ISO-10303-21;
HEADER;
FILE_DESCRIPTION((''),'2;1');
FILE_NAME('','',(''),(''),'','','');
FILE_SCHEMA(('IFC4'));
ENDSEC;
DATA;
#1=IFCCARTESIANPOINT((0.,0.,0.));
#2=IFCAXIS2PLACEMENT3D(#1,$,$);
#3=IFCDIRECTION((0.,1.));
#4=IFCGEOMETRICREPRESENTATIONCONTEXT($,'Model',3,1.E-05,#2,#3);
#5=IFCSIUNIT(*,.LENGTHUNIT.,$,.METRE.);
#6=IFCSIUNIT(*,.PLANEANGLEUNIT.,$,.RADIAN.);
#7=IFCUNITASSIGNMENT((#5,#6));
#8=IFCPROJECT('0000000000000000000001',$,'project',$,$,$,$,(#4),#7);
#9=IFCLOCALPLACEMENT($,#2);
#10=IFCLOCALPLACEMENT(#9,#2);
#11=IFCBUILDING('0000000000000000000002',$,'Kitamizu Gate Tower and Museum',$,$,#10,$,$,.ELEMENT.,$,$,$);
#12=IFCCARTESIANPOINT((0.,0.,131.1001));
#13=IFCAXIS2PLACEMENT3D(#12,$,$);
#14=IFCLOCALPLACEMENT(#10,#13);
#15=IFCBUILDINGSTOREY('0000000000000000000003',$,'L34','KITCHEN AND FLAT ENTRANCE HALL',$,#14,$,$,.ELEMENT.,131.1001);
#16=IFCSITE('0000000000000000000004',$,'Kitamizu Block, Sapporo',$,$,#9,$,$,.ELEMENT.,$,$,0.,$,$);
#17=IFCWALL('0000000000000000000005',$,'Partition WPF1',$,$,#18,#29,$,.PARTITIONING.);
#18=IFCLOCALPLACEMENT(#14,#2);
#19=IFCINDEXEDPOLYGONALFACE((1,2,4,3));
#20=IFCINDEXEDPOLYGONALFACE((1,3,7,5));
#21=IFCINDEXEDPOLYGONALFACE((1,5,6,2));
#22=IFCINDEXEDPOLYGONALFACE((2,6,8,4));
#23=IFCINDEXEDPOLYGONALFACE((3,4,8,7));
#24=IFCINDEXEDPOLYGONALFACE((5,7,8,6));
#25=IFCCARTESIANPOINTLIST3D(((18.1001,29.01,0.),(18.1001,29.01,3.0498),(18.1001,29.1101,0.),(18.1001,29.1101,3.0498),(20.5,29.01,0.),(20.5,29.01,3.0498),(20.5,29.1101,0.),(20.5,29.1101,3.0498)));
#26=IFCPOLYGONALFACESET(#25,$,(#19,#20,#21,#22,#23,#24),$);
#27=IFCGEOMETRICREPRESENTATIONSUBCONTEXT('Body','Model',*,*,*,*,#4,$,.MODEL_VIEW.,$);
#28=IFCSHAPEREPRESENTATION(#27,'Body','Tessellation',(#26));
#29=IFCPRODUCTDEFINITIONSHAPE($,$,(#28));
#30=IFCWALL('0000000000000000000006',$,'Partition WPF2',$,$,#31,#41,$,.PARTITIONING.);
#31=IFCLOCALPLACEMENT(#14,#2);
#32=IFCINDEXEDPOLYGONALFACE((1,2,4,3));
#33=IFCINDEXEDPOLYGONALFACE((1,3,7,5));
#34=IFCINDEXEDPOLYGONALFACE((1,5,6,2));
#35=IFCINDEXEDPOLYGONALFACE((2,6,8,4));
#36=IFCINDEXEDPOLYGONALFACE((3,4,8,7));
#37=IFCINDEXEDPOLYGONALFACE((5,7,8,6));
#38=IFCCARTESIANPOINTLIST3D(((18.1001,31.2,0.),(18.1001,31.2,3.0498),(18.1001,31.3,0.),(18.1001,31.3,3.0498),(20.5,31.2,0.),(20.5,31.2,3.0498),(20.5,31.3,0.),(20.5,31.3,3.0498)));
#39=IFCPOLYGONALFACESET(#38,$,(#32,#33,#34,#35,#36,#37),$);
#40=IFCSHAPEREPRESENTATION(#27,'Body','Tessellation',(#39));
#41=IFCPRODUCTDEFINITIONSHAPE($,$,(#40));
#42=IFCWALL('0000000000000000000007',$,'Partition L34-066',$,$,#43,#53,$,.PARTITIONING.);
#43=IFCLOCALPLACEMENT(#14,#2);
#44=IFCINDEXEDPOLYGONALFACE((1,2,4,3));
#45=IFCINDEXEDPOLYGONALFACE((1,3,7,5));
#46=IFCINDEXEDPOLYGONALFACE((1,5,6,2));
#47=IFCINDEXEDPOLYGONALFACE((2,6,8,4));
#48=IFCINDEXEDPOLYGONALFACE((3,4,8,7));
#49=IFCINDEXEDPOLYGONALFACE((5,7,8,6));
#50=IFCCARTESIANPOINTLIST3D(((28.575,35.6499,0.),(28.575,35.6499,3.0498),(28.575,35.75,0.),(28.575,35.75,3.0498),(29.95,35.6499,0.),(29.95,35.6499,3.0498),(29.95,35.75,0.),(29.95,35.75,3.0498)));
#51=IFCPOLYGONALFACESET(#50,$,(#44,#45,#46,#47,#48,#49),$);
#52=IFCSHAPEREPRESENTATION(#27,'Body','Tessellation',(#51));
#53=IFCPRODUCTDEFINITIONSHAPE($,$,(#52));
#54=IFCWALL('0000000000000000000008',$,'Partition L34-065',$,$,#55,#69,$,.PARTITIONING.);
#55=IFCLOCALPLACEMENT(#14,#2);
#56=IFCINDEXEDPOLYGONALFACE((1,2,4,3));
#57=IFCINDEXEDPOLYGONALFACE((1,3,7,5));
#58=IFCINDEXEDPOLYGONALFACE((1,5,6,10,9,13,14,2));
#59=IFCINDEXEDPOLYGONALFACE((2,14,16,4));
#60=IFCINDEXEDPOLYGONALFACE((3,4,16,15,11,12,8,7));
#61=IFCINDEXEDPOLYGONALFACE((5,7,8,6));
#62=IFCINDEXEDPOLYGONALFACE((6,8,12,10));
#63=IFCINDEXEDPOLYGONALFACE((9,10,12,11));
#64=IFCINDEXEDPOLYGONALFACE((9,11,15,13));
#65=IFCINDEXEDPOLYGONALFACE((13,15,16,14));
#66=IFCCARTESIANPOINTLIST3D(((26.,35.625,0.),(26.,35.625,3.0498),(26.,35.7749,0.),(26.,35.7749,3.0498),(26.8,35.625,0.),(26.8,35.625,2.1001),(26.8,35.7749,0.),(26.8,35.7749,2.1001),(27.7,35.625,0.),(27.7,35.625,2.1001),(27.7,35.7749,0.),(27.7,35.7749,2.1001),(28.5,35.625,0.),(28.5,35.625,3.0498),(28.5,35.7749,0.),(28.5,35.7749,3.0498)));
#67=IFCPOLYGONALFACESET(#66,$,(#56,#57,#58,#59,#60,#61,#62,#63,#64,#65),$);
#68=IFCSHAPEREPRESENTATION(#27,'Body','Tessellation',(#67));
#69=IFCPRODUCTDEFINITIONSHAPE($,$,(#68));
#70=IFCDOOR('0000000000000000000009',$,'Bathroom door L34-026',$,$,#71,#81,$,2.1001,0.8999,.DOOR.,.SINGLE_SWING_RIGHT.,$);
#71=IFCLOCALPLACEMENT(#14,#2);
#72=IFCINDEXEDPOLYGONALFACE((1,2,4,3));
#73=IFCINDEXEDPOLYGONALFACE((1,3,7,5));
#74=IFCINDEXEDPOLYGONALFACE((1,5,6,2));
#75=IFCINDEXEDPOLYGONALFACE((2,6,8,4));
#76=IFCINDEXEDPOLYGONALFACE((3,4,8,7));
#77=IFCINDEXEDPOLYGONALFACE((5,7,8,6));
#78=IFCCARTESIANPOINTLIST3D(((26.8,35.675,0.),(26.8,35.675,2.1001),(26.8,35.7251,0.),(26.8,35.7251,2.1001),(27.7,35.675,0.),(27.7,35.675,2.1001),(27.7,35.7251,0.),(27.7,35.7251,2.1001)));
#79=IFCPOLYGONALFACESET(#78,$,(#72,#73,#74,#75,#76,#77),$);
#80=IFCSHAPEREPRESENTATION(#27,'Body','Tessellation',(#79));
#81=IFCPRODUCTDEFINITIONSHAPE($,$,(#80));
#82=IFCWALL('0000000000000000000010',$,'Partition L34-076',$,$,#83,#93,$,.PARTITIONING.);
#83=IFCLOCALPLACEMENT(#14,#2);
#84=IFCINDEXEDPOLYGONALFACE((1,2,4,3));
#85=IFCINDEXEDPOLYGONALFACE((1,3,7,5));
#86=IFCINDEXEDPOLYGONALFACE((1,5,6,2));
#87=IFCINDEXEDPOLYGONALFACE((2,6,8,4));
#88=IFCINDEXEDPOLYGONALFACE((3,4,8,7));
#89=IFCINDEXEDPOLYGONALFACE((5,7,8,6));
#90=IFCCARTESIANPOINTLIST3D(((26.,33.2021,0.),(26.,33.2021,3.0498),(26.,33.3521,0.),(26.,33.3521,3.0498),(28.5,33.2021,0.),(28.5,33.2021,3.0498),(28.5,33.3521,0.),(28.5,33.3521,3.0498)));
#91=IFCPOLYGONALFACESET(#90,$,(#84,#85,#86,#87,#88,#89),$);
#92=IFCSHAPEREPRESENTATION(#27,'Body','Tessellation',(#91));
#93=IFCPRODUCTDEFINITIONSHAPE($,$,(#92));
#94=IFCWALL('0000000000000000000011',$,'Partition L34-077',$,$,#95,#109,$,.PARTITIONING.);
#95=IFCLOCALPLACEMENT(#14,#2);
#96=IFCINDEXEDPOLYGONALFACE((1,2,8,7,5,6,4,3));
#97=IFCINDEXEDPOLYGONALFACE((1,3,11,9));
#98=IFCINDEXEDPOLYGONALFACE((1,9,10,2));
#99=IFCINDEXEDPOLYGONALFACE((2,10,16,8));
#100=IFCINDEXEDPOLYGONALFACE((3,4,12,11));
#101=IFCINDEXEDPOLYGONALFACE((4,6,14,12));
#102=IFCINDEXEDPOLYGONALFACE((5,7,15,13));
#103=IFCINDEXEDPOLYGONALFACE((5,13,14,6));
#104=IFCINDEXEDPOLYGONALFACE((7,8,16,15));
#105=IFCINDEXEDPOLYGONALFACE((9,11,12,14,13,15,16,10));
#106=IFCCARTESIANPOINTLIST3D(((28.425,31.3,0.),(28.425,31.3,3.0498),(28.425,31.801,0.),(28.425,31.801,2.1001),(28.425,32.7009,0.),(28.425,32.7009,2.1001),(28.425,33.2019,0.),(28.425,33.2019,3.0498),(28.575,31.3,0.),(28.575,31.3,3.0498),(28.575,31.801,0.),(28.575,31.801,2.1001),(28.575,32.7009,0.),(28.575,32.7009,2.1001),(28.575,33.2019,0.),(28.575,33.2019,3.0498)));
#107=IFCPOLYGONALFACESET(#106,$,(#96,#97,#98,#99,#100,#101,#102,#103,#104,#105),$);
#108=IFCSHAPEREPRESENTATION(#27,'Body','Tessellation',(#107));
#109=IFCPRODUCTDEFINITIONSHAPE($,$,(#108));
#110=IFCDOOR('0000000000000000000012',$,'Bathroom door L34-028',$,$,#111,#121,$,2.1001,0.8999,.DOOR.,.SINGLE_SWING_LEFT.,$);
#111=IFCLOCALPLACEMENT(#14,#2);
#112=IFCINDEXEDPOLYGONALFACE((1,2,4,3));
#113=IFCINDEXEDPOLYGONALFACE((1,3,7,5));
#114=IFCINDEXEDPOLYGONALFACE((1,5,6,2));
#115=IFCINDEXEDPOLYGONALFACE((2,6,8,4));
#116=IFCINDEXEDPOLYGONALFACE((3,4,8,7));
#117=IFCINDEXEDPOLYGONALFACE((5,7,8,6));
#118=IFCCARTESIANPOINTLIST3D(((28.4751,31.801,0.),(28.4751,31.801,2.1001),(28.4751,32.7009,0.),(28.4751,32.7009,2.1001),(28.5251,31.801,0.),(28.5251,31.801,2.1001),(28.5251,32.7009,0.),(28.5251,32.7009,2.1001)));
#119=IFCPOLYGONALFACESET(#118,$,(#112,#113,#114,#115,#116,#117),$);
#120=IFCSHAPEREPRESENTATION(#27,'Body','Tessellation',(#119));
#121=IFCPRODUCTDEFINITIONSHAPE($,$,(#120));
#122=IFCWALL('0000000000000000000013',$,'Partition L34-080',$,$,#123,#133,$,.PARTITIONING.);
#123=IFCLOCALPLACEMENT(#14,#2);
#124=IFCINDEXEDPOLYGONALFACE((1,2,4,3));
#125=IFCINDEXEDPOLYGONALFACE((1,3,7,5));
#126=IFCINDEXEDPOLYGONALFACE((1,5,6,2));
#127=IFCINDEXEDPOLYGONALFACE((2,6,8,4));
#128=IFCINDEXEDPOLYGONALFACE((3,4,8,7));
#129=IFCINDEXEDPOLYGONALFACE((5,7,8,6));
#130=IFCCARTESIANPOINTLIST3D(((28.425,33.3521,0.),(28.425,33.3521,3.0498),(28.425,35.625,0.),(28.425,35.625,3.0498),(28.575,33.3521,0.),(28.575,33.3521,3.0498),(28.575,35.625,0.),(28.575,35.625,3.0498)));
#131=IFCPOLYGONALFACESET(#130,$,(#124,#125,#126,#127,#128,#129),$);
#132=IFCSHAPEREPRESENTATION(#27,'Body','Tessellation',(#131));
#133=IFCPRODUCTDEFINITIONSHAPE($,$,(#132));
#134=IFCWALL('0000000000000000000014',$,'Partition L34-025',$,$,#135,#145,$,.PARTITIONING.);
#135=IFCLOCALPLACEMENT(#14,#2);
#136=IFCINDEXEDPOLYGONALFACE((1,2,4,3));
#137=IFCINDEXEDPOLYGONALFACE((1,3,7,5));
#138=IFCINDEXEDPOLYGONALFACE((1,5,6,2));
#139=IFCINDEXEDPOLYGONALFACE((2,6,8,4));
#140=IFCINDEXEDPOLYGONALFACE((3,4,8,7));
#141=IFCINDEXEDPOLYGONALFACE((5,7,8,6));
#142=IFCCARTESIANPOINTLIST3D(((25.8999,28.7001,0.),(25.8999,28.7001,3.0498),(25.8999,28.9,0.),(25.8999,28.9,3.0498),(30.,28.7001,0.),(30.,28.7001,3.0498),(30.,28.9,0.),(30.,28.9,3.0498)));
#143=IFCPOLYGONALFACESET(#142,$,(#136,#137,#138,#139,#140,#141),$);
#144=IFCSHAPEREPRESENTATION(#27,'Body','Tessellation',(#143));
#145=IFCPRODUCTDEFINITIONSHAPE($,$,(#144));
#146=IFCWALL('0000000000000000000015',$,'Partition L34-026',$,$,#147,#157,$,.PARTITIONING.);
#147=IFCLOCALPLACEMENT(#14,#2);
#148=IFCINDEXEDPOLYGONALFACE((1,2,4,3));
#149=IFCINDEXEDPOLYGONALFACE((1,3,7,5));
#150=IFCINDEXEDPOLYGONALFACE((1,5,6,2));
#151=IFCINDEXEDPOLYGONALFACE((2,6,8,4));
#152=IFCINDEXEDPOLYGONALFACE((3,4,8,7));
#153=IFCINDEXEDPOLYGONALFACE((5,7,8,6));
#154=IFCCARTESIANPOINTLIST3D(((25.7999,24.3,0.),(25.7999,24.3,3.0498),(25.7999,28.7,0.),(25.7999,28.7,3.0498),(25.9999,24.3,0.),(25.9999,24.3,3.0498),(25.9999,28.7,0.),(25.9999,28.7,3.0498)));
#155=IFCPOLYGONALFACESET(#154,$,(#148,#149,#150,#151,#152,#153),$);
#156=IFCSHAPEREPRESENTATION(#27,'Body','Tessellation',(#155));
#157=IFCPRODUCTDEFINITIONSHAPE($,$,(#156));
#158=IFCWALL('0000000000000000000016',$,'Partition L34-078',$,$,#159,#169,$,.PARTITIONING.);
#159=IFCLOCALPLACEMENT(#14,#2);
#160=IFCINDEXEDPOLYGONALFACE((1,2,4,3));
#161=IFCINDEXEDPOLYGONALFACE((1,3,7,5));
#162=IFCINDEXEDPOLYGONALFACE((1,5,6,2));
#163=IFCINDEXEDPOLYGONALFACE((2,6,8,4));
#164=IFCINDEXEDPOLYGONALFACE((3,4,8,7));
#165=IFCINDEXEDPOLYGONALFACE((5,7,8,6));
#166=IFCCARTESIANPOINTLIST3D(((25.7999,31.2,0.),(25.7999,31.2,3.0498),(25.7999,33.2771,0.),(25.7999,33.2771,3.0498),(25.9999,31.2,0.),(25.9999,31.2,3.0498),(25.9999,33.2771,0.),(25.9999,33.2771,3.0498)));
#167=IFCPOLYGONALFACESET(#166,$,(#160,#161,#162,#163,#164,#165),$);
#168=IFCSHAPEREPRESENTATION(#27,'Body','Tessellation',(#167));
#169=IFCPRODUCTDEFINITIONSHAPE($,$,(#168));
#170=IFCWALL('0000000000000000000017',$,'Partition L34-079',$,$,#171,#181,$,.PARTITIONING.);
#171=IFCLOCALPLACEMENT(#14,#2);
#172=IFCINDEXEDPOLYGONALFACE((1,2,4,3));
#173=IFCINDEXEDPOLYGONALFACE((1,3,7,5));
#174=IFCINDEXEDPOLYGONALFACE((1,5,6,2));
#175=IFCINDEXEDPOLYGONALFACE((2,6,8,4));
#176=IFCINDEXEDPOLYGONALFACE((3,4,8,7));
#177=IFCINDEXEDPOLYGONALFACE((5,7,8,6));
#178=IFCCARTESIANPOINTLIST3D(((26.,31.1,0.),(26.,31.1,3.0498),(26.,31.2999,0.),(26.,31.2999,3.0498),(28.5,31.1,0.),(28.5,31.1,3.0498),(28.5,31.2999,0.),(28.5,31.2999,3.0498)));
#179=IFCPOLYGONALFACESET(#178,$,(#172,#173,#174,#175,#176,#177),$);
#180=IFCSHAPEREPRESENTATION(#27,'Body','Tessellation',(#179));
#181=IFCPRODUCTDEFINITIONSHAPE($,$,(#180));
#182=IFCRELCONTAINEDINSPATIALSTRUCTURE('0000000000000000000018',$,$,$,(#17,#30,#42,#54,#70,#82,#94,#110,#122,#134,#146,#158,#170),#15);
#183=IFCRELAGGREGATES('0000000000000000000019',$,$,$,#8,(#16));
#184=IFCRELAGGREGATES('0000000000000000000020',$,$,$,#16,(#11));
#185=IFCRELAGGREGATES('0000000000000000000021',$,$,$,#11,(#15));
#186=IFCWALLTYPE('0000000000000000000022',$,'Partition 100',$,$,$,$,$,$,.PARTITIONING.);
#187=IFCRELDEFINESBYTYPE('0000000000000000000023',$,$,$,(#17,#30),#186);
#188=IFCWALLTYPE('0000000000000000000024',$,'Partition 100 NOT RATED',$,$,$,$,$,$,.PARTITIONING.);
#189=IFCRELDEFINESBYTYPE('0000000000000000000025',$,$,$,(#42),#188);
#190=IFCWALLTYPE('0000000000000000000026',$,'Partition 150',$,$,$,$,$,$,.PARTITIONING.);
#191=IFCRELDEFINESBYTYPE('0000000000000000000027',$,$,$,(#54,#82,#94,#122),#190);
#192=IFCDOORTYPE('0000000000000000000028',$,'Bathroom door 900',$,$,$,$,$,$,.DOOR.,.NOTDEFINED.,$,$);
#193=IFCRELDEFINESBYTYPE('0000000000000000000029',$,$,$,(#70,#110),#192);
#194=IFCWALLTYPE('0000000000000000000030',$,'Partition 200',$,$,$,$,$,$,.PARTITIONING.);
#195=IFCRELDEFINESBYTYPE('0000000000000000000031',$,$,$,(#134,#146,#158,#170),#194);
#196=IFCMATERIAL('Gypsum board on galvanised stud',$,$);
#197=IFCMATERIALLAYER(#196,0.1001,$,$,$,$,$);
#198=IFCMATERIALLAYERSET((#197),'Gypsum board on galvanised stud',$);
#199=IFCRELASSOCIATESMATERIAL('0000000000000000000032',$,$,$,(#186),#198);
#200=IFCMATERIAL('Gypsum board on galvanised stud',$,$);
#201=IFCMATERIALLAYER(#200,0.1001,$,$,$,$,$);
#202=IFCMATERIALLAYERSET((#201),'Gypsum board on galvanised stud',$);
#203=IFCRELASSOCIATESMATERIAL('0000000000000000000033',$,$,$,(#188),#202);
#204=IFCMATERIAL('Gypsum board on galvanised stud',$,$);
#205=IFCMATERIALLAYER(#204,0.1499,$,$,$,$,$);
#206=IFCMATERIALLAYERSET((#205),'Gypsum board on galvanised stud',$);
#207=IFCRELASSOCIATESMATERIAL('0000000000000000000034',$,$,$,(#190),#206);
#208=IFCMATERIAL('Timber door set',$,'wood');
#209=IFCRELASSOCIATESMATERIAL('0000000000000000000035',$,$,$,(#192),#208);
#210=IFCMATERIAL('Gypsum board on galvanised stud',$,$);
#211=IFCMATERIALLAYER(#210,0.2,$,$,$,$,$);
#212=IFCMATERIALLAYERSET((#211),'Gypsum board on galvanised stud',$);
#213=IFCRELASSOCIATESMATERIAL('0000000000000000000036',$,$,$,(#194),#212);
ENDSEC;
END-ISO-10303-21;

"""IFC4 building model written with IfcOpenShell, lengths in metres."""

from ifc_helpers import new_model, si_unit, direction, frame, frame_2d, origin, place, context, subcontext, project, spatial, rectangle, extrude, material, layer, layer_set, type_object, element, fill, save


model = new_model("IFC4")

# Units and contexts
model_context = context("Model", 3, precision=1e-05, world=origin(), true_north=direction((0.0, 1.0)))
body_context = subcontext(model_context, "Body", "Model", "MODEL_VIEW")
ifc_project = project(units=[si_unit("LENGTHUNIT", "METRE"), si_unit("PLANEANGLEUNIT", "RADIAN")], contexts=[model_context])

# Site, building, storey
site_placement = place(None, origin())
site = spatial("IfcSite", under=ifc_project, at=site_placement, Name="Kitamizu Block, Sapporo", CompositionType="ELEMENT", RefElevation=0.0)
building_placement = place(site_placement, origin())
building = spatial("IfcBuilding", under=site, at=building_placement, Name="Kitamizu Gate Tower and Museum", CompositionType="ELEMENT")
storey_placement = place(building_placement, frame((0.0, 0.0, 131.1001)))
storey = spatial("IfcBuildingStorey", under=building, at=storey_placement, Name="L34", Description="KITCHEN AND FLAT ENTRANCE HALL", CompositionType="ELEMENT", Elevation=131.1001)

# Walls
ifc_material_1 = material(Name="Gypsum board on galvanised stud")
ifc_layer_1 = layer(ifc_material_1, 0.1001)
ifc_layer_set_1 = layer_set([ifc_layer_1], Name="Gypsum board on galvanised stud")
wall_type_1 = type_object("IfcWallType", Name="Partition 100", PredefinedType="PARTITIONING", material=ifc_layer_set_1)
for number, where, z_axis, x_axis, name in (
    (1, (18.1001, 29.0601, 0.0), (0.0, 0.0, 1.0), (1.0, 0.0, 0.0), "Partition WPF1"),
    (2, (18.1001, 31.25, 0.0), (0.0, 0.0, 1.0), (1.0, 0.0, 0.0), "Partition WPF2"),
):
    element("IfcWall", number, at=place(storey_placement, frame(where, z_axis=z_axis, x_axis=x_axis)), inside=storey, type_object=wall_type_1, Name=name, PredefinedType="PARTITIONING", context=body_context, shape_type="SweptSolid", body=[
        extrude(rectangle(XDim=2.3999, YDim=0.1001, at=frame_2d((1.2, 0.0))), origin(), (0.0, 0.0, 1.0), 3.0498),
    ])
ifc_material_2 = material(Name="Gypsum board on galvanised stud")
ifc_layer_2 = layer(ifc_material_2, 0.1001)
ifc_layer_set_2 = layer_set([ifc_layer_2], Name="Gypsum board on galvanised stud")
wall_type_2 = type_object("IfcWallType", Name="Partition 100 NOT RATED", PredefinedType="PARTITIONING", material=ifc_layer_set_2)
wall_1_placement = place(storey_placement, frame((28.575, 35.7, 0.0), z_axis=(0.0, 0.0, 1.0), x_axis=(1.0, 0.0, 0.0)))
element("IfcWall", 3, at=wall_1_placement, inside=storey, type_object=wall_type_2, Name="Partition L34-066", PredefinedType="PARTITIONING", context=body_context, shape_type="SweptSolid", body=[
    extrude(rectangle(XDim=1.375, YDim=0.1001, at=frame_2d((0.6875, 0.0))), origin(), (0.0, 0.0, 1.0), 3.0498),
])

# Wall, opening, door
ifc_material_3 = material(Name="Gypsum board on galvanised stud")
ifc_layer_3 = layer(ifc_material_3, 0.1499)
ifc_layer_set_3 = layer_set([ifc_layer_3], Name="Gypsum board on galvanised stud")
wall_type_3 = type_object("IfcWallType", Name="Partition 150", PredefinedType="PARTITIONING", material=ifc_layer_set_3)
wall_2_placement = place(storey_placement, frame((26.0, 35.7, 0.0), z_axis=(0.0, 0.0, 1.0), x_axis=(1.0, 0.0, 0.0)))
wall_2 = element("IfcWall", 4, at=wall_2_placement, inside=storey, type_object=wall_type_3, Name="Partition L34-065", PredefinedType="PARTITIONING", context=body_context, shape_type="SweptSolid", body=[
    extrude(rectangle(XDim=2.5, YDim=0.1499, at=frame_2d((1.25, 0.0))), origin(), (0.0, 0.0, 1.0), 3.0498),
])
opening_1_placement = place(wall_2_placement, frame((0.8, 0.0, 0.0)))
opening_1 = element("IfcOpeningElement", 5, at=opening_1_placement, cuts=wall_2, PredefinedType="OPENING", context=body_context, shape_type="SweptSolid", body=[
    extrude(rectangle(XDim=0.8999, YDim=2.1001, at=frame_2d((0.45, 1.05))), frame((0.0, 0.085, 0.0), z_axis=(0.0, -1.0, 0.0), x_axis=(1.0, 0.0, 0.0)), (0.0, 0.0, 1.0), 0.1699),
])
ifc_material_4 = material(Name="Timber door set", Category="wood")
door_type_1 = type_object("IfcDoorType", Name="Bathroom door 900", OperationType="NOTDEFINED", PredefinedType="DOOR", material=ifc_material_4)
door_1_placement = place(opening_1_placement, frame((0.8999, 0.0, 0.0), x_axis=(-1.0, 0.0, 0.0)))
door_1 = element("IfcDoor", 6, at=door_1_placement, inside=storey, type_object=door_type_1, Name="Bathroom door L34-026", OperationType="SINGLE_SWING_RIGHT", OverallHeight=2.1001, OverallWidth=0.8999, PredefinedType="DOOR", context=body_context, shape_type="SweptSolid", body=[
    extrude(rectangle(XDim=0.8999, YDim=2.1001, at=frame_2d((0.45, 1.05))), frame((0.0, 0.0249, 0.0), z_axis=(0.0, -1.0, 0.0), x_axis=(1.0, 0.0, 0.0)), (0.0, 0.0, 1.0), 0.05),
])
fill(opening_1, door_1)

# Wall
wall_3_placement = place(storey_placement, frame((28.5, 33.2771, 0.0), z_axis=(0.0, 0.0, 1.0), x_axis=(-1.0, 0.0, 0.0)))
element("IfcWall", 7, at=wall_3_placement, inside=storey, type_object=wall_type_3, Name="Partition L34-076", PredefinedType="PARTITIONING", context=body_context, shape_type="SweptSolid", body=[
    extrude(rectangle(XDim=2.5, YDim=0.1499, at=frame_2d((1.25, 0.0))), origin(), (0.0, 0.0, 1.0), 3.0498),
])

# Wall, opening, door
wall_4_placement = place(storey_placement, frame((28.5, 31.3, 0.0), z_axis=(0.0, 0.0, 1.0), x_axis=(0.0, 1.0, 0.0)))
wall_4 = element("IfcWall", 8, at=wall_4_placement, inside=storey, type_object=wall_type_3, Name="Partition L34-077", PredefinedType="PARTITIONING", context=body_context, shape_type="SweptSolid", body=[
    extrude(rectangle(XDim=1.9019, YDim=0.1499, at=frame_2d((0.9509, 0.0))), origin(), (0.0, 0.0, 1.0), 3.0498),
])
opening_2_placement = place(wall_4_placement, frame((0.501, 0.0, 0.0)))
opening_2 = element("IfcOpeningElement", 9, at=opening_2_placement, cuts=wall_4, PredefinedType="OPENING", context=body_context, shape_type="SweptSolid", body=[
    extrude(rectangle(XDim=0.8999, YDim=2.1001, at=frame_2d((0.45, 1.05))), frame((0.0, 0.085, 0.0), z_axis=(0.0, -1.0, 0.0), x_axis=(1.0, 0.0, 0.0)), (0.0, 0.0, 1.0), 0.1699),
])
door_2_placement = place(opening_2_placement, origin())
door_2 = element("IfcDoor", 10, at=door_2_placement, inside=storey, type_object=door_type_1, Name="Bathroom door L34-028", OperationType="SINGLE_SWING_LEFT", OverallHeight=2.1001, OverallWidth=0.8999, PredefinedType="DOOR", context=body_context, shape_type="SweptSolid", body=[
    extrude(rectangle(XDim=0.8999, YDim=2.1001, at=frame_2d((0.45, 1.05))), frame((0.0, 0.0249, 0.0), z_axis=(0.0, -1.0, 0.0), x_axis=(1.0, 0.0, 0.0)), (0.0, 0.0, 1.0), 0.05),
])
fill(opening_2, door_2)

# Walls
wall_5_placement = place(storey_placement, frame((28.5, 33.3521, 0.0), z_axis=(0.0, 0.0, 1.0), x_axis=(0.0, 1.0, 0.0)))
element("IfcWall", 11, at=wall_5_placement, inside=storey, type_object=wall_type_3, Name="Partition L34-080", PredefinedType="PARTITIONING", context=body_context, shape_type="SweptSolid", body=[
    extrude(rectangle(XDim=2.2729, YDim=0.1499, at=frame_2d((1.1365, 0.0))), origin(), (0.0, 0.0, 1.0), 3.0498),
])
ifc_material_5 = material(Name="Gypsum board on galvanised stud")
ifc_layer_4 = layer(ifc_material_5, 0.2)
ifc_layer_set_4 = layer_set([ifc_layer_4], Name="Gypsum board on galvanised stud")
wall_type_4 = type_object("IfcWallType", Name="Partition 200", PredefinedType="PARTITIONING", material=ifc_layer_set_4)
wall_6_placement = place(storey_placement, frame((30.0, 28.8, 0.0), z_axis=(0.0, 0.0, 1.0), x_axis=(-1.0, 0.0, 0.0)))
element("IfcWall", 12, at=wall_6_placement, inside=storey, type_object=wall_type_4, Name="Partition L34-025", PredefinedType="PARTITIONING", context=body_context, shape_type="SweptSolid", body=[
    extrude(rectangle(XDim=4.1001, YDim=0.2, at=frame_2d((2.05, 0.0))), origin(), (0.0, 0.0, 1.0), 3.0498),
])
wall_7_placement = place(storey_placement, frame((25.8999, 28.7, 0.0), z_axis=(0.0, 0.0, 1.0), x_axis=(0.0, -1.0, 0.0)))
element("IfcWall", 13, at=wall_7_placement, inside=storey, type_object=wall_type_4, Name="Partition L34-026", PredefinedType="PARTITIONING", context=body_context, shape_type="SweptSolid", body=[
    extrude(rectangle(XDim=4.3999, YDim=0.2, at=frame_2d((2.2, 0.0))), origin(), (0.0, 0.0, 1.0), 3.0498),
])
wall_8_placement = place(storey_placement, frame((25.8999, 33.2771, 0.0), z_axis=(0.0, 0.0, 1.0), x_axis=(0.0, -1.0, 0.0)))
element("IfcWall", 14, at=wall_8_placement, inside=storey, type_object=wall_type_4, Name="Partition L34-078", PredefinedType="PARTITIONING", context=body_context, shape_type="SweptSolid", body=[
    extrude(rectangle(XDim=2.0771, YDim=0.2, at=frame_2d((1.0386, 0.0))), origin(), (0.0, 0.0, 1.0), 3.0498),
])
wall_9_placement = place(storey_placement, frame((26.0, 31.2, 0.0), z_axis=(0.0, 0.0, 1.0), x_axis=(1.0, 0.0, 0.0)))
element("IfcWall", 15, at=wall_9_placement, inside=storey, type_object=wall_type_4, Name="Partition L34-079", PredefinedType="PARTITIONING", context=body_context, shape_type="SweptSolid", body=[
    extrude(rectangle(XDim=2.5, YDim=0.2, at=frame_2d((1.25, 0.0))), origin(), (0.0, 0.0, 1.0), 3.0498),
])

save(model, "model.ifc")
